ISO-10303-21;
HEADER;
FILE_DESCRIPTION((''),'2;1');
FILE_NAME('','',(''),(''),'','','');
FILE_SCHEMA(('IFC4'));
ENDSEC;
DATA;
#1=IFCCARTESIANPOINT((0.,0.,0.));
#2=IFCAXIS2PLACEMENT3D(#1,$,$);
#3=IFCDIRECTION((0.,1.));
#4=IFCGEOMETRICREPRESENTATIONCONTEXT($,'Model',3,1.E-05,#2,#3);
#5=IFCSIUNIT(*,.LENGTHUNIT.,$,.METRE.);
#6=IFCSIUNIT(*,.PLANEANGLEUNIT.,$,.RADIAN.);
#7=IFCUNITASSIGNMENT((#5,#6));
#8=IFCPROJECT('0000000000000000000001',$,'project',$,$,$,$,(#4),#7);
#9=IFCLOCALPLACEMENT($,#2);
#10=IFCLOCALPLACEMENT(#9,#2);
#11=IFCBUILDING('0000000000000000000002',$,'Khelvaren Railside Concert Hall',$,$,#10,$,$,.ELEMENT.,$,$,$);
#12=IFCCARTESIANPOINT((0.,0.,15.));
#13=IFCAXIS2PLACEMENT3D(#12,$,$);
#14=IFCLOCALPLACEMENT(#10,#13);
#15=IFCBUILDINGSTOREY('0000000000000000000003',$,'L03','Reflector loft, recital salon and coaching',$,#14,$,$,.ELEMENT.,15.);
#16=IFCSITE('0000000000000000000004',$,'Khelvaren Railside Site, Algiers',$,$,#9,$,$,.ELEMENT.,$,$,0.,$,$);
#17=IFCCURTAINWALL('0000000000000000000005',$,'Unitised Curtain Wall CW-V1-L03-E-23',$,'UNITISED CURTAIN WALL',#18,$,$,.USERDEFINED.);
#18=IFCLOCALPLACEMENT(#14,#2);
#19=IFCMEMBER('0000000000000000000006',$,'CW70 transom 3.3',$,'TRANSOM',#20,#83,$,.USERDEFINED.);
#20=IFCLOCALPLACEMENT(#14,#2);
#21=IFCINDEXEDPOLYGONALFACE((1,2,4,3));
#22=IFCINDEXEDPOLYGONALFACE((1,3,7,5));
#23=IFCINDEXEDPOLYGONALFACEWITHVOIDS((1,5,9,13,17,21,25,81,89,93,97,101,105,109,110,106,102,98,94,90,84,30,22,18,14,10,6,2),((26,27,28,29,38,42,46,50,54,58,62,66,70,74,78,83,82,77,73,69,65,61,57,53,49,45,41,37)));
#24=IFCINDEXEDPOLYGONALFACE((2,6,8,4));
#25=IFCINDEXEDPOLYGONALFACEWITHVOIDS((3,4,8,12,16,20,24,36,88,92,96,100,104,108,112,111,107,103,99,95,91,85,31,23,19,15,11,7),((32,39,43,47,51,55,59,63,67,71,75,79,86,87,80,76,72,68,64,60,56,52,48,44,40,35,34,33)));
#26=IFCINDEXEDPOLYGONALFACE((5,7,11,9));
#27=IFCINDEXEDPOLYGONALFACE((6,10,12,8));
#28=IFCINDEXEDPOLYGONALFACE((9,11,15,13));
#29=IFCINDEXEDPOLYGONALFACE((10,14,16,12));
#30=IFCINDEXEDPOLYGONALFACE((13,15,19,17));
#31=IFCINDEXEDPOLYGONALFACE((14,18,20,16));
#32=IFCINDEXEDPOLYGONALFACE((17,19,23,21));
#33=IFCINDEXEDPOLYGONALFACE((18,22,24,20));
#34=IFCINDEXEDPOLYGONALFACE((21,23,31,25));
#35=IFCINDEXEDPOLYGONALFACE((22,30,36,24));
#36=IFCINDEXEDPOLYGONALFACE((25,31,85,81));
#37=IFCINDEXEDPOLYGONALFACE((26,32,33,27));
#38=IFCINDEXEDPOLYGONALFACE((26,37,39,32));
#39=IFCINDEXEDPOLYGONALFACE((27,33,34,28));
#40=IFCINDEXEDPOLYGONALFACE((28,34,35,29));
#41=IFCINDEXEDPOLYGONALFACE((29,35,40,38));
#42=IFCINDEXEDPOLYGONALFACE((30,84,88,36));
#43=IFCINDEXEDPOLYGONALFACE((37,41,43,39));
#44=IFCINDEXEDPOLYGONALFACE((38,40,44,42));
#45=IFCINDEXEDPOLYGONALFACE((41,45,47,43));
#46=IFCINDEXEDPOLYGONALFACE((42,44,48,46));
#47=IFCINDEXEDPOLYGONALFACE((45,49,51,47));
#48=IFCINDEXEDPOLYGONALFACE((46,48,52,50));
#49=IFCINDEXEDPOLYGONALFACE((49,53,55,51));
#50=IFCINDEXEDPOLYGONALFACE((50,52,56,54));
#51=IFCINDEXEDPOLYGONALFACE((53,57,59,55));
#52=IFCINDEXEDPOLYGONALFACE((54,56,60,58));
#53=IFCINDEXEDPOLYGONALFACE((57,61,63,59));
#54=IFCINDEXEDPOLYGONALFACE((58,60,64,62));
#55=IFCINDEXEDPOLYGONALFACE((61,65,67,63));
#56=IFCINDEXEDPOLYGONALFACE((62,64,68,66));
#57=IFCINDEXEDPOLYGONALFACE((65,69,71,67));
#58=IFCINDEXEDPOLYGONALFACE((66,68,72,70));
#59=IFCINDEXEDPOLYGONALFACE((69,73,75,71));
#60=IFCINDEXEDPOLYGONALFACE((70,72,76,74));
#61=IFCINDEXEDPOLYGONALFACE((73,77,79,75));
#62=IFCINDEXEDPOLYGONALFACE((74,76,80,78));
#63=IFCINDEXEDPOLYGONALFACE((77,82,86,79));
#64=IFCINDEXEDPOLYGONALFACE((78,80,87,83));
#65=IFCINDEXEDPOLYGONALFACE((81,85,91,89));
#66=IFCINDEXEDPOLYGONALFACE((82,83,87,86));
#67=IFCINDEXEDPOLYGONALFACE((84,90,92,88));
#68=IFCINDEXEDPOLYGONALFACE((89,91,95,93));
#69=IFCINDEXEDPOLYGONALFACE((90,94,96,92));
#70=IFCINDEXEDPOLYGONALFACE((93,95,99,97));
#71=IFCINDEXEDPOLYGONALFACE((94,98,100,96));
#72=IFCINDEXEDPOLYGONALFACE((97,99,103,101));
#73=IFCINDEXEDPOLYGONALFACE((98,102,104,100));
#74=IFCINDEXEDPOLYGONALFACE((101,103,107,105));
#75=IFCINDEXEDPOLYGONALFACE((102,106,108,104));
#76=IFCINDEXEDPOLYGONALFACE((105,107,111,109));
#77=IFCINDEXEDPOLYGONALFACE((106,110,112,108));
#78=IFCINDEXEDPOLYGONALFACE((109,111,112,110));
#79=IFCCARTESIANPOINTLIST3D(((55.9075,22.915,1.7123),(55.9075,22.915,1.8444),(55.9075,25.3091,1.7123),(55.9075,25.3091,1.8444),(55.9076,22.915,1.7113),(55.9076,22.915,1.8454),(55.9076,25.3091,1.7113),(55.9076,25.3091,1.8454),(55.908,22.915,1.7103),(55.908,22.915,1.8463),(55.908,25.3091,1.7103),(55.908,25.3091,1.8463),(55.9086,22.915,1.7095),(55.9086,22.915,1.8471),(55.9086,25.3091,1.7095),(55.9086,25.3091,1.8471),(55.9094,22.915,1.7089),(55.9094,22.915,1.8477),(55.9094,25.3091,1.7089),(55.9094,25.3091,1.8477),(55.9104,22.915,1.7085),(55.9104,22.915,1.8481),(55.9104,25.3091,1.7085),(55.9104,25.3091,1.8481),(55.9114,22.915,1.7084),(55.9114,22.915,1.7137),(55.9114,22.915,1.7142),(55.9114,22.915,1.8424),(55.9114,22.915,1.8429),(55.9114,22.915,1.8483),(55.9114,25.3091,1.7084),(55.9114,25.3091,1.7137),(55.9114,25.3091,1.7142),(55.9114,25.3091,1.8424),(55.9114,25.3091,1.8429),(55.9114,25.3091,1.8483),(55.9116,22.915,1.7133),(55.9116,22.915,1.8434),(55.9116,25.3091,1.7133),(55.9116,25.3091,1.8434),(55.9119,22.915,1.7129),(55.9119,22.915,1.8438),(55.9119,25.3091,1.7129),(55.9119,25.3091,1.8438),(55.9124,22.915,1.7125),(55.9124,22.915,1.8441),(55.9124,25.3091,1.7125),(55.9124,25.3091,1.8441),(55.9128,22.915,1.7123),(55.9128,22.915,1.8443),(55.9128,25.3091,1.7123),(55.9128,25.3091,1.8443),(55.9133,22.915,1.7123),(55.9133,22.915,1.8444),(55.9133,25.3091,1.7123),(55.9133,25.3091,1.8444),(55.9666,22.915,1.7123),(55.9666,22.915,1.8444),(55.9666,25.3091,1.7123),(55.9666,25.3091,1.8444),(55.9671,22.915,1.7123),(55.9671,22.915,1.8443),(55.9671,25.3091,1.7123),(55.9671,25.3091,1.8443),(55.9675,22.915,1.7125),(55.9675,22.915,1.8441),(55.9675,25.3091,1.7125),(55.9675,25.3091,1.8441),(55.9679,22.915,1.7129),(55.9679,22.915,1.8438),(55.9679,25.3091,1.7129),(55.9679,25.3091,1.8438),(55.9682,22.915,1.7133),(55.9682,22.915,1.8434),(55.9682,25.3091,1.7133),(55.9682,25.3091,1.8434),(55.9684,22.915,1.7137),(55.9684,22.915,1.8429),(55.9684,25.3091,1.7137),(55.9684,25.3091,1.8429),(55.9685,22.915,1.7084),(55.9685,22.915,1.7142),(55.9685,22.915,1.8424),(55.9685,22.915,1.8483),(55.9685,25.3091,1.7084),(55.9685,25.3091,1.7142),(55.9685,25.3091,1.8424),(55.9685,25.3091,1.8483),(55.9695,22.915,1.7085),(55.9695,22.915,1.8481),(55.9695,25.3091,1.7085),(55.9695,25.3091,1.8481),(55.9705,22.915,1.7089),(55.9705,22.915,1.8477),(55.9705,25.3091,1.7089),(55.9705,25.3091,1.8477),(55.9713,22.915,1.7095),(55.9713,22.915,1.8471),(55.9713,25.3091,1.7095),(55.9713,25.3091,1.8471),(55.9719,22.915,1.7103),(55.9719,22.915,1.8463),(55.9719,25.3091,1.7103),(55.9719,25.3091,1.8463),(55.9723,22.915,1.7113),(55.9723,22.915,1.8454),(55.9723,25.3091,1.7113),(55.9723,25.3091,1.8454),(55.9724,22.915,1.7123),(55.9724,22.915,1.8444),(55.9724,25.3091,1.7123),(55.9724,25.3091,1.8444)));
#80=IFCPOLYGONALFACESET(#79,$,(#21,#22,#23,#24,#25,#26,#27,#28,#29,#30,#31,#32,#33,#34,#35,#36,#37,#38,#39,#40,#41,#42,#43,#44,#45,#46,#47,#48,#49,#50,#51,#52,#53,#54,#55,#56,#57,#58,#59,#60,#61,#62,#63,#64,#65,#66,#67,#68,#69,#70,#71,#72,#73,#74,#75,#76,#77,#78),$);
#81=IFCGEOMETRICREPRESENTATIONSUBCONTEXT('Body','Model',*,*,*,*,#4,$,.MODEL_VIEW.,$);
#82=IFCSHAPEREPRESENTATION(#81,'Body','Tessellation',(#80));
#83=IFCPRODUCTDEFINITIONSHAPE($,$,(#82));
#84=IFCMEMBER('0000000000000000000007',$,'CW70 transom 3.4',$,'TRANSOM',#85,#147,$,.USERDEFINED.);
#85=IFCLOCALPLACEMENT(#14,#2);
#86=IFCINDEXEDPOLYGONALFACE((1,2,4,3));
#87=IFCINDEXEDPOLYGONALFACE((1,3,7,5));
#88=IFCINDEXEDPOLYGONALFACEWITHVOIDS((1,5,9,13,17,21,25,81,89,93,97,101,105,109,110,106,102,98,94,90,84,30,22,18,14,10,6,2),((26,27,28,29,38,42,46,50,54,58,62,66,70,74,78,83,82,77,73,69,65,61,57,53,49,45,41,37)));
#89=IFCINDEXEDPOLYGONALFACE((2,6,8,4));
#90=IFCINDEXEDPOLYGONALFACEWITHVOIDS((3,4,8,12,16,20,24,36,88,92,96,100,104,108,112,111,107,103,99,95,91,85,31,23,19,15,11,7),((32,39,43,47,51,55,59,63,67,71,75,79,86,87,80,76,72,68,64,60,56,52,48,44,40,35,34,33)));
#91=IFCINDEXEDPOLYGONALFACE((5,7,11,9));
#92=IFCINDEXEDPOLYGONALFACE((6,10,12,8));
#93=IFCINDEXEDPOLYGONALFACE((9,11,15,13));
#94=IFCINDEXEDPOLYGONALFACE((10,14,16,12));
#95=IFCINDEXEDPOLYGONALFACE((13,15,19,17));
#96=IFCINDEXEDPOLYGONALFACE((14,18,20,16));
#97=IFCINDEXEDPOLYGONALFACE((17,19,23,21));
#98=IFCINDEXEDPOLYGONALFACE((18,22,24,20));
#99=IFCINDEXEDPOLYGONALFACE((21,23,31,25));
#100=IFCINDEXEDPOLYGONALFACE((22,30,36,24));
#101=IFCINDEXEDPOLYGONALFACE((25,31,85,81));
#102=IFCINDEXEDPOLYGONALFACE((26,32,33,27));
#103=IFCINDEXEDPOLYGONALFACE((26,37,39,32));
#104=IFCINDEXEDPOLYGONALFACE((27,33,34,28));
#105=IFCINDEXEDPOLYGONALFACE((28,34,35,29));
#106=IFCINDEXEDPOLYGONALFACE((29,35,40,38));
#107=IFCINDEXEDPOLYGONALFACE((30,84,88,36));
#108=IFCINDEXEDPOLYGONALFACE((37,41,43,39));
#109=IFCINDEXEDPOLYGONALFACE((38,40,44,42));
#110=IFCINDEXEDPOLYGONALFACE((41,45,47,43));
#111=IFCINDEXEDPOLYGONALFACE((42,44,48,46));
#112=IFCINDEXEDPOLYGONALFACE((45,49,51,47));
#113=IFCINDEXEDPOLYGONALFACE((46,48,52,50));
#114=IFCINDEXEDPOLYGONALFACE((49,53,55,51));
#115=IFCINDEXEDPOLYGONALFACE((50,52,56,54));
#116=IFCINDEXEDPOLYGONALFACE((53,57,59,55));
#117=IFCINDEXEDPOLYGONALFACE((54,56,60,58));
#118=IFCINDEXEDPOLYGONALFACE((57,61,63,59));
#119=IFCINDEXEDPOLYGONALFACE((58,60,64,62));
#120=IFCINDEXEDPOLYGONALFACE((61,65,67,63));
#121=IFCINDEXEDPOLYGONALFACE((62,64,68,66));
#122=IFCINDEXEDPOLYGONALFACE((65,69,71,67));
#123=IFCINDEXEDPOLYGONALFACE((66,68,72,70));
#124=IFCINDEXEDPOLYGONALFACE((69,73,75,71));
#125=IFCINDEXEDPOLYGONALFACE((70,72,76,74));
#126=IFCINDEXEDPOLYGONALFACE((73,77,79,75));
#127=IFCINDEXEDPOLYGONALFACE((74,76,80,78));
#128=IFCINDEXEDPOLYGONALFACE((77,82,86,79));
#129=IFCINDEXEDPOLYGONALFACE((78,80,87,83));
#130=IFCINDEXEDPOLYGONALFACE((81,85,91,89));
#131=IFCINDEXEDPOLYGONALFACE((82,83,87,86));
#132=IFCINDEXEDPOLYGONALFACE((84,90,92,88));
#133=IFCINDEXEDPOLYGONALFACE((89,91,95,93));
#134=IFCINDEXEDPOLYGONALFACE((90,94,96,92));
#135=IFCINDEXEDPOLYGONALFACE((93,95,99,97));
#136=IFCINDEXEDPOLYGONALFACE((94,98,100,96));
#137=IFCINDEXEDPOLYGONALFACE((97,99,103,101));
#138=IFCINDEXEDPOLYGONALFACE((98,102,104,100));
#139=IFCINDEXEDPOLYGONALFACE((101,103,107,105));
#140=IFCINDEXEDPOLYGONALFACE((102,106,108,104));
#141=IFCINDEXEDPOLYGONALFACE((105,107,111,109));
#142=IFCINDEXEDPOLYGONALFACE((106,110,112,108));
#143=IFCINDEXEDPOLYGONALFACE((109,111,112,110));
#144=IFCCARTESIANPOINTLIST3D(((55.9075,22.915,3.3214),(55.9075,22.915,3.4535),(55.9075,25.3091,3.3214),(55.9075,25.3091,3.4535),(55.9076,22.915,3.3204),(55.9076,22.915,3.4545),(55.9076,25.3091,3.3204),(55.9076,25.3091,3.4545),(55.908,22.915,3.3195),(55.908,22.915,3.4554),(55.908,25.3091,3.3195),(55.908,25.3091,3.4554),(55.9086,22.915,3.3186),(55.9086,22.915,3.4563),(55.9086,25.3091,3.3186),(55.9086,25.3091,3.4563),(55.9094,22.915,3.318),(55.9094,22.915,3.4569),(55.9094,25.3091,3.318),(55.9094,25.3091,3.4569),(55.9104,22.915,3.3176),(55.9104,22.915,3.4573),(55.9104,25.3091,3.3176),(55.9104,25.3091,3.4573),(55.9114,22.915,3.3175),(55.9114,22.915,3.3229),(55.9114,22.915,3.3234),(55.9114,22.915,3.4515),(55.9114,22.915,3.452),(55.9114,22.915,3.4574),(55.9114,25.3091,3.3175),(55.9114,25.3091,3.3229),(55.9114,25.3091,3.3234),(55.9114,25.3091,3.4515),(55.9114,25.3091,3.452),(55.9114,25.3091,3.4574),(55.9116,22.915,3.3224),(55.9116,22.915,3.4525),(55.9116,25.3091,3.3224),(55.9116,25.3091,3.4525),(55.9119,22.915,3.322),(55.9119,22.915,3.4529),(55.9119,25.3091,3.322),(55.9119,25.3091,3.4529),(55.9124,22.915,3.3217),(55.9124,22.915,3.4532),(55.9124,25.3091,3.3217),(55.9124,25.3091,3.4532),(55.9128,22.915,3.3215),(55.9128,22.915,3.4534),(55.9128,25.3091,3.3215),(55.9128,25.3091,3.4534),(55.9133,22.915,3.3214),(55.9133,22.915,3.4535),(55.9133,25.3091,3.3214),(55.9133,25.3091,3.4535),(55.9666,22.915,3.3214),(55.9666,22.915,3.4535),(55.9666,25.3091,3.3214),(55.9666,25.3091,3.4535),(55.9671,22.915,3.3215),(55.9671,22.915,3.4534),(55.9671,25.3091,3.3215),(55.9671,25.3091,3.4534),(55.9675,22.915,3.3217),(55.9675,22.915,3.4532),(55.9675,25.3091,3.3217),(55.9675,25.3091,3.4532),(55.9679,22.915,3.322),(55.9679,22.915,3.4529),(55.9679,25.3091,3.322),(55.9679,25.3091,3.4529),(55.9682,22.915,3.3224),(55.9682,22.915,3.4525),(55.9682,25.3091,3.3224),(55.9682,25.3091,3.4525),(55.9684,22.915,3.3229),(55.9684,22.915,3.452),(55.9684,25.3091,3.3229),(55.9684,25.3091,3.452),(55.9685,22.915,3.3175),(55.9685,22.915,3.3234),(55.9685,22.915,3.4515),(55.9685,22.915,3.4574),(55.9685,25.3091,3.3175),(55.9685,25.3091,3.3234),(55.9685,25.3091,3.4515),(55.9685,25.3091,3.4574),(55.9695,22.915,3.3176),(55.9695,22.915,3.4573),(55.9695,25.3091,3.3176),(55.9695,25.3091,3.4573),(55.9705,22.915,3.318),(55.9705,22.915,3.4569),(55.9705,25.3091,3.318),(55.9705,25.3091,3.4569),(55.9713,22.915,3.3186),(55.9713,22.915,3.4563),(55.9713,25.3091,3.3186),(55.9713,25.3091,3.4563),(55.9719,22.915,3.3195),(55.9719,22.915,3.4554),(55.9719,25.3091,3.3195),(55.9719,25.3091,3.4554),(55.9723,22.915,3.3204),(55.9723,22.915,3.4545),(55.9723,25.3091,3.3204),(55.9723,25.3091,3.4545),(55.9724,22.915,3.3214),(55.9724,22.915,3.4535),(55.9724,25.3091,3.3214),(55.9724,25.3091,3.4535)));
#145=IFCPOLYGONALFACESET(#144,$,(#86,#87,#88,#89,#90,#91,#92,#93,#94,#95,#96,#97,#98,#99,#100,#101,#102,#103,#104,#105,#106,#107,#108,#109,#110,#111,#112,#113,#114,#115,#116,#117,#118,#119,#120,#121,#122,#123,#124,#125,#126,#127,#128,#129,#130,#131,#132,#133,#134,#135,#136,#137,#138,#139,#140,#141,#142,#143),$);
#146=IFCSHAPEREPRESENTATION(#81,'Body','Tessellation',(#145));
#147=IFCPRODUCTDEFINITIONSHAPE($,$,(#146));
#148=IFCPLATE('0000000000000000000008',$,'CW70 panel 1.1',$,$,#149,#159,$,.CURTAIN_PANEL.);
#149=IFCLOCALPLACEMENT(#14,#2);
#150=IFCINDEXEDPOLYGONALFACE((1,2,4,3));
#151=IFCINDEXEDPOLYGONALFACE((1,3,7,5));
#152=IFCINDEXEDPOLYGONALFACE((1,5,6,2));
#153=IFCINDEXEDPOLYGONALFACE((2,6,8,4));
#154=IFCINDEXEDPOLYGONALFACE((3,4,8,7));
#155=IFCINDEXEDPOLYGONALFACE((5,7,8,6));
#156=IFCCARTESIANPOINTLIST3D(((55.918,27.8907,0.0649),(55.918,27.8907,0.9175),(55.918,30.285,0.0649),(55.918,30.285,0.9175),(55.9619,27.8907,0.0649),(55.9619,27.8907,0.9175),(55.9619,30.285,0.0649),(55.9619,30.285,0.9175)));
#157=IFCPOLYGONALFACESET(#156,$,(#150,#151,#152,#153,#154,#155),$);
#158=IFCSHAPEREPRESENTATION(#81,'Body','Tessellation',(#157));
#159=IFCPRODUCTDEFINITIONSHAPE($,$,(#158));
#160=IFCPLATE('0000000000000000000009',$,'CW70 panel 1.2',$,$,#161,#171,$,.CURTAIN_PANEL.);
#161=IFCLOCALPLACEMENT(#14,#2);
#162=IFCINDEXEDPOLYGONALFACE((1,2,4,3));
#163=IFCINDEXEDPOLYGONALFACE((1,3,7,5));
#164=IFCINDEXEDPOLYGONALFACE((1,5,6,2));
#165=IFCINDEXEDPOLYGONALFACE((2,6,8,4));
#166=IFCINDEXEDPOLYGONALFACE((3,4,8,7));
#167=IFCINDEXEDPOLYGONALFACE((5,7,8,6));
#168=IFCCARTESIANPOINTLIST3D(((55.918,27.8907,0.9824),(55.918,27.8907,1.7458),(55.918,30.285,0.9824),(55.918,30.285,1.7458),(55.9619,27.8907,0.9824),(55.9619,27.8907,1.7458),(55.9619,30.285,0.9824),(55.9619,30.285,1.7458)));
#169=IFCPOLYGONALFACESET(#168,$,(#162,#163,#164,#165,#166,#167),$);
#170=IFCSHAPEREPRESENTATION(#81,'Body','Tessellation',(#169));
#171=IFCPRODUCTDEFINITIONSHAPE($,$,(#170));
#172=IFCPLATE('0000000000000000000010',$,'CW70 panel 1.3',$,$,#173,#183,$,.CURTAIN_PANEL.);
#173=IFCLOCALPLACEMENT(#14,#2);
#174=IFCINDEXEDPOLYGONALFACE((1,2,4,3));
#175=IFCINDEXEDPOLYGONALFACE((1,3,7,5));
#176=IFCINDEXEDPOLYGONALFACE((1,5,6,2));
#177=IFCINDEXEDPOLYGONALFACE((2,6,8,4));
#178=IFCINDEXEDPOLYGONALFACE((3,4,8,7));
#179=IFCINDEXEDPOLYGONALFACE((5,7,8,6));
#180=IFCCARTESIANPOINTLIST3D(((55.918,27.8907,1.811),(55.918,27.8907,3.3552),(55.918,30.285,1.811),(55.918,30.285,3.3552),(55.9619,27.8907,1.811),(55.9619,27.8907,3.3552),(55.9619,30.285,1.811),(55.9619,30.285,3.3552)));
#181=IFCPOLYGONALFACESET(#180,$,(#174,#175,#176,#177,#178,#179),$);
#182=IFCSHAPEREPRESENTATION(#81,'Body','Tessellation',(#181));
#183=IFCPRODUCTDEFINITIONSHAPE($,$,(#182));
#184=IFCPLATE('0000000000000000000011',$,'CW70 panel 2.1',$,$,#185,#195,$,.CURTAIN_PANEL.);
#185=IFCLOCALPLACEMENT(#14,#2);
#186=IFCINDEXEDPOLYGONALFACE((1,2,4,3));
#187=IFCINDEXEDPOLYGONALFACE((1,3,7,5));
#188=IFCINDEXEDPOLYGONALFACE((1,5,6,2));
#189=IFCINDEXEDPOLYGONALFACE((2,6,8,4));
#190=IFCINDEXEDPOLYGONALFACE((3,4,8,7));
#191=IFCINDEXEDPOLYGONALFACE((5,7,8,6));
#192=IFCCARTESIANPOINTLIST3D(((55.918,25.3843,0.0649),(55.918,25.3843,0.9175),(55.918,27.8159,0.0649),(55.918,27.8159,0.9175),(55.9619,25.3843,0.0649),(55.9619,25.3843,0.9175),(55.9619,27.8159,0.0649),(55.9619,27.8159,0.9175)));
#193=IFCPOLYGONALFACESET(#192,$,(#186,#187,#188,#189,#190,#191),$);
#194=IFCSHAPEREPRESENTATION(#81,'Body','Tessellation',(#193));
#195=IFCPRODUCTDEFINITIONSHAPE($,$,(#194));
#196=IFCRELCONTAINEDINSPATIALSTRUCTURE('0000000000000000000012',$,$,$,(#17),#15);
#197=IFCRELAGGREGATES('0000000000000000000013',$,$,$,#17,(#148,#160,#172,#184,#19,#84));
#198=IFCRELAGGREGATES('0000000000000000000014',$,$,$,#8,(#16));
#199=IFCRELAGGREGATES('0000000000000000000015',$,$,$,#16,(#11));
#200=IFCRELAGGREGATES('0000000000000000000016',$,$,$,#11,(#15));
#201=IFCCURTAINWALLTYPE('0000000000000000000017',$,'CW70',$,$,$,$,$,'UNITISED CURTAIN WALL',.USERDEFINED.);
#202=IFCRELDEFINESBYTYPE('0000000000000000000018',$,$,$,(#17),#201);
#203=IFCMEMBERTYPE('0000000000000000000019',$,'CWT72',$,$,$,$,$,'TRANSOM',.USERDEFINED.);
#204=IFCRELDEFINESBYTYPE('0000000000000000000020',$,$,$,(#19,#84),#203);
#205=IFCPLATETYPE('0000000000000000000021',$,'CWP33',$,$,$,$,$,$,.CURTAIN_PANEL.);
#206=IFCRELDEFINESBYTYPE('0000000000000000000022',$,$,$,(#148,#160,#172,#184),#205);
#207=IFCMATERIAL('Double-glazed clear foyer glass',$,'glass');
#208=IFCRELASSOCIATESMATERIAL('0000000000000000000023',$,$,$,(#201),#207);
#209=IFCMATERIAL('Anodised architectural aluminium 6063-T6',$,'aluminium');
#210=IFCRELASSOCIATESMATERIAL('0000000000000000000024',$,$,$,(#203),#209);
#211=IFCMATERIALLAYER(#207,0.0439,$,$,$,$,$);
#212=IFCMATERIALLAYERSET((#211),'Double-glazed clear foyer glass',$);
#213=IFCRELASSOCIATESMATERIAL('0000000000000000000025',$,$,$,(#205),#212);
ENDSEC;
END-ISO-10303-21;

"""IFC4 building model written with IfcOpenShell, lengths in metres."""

from ifc_helpers import new_model, si_unit, direction, frame, origin, origin_2d, place, context, subcontext, project, spatial, rectangle, hollow_rectangle, extrude, material, layer, layer_set, material_profile, profile_set, type_object, element, aggregate, save


model = new_model("IFC4")

# Units and contexts
model_context = context("Model", 3, precision=1e-05, world=origin(), true_north=direction((0.0, 1.0)))
body_context = subcontext(model_context, "Body", "Model", "MODEL_VIEW")
ifc_project = project(units=[si_unit("LENGTHUNIT", "METRE"), si_unit("PLANEANGLEUNIT", "RADIAN")], contexts=[model_context])

# Site, building, storey
site_placement = place(None, origin())
site = spatial("IfcSite", under=ifc_project, at=site_placement, Name="Khelvaren Railside Site, Algiers", CompositionType="ELEMENT", RefElevation=0.0)
building_placement = place(site_placement, origin())
building = spatial("IfcBuilding", under=site, at=building_placement, Name="Khelvaren Railside Concert Hall", CompositionType="ELEMENT")
storey_placement = place(building_placement, frame((0.0, 0.0, 15.0)))
storey = spatial("IfcBuildingStorey", under=building, at=storey_placement, Name="L03", Description="Reflector loft, recital salon and coaching", CompositionType="ELEMENT", Elevation=15.0)

# Curtain wall
ifc_material_1 = material(Name="Double-glazed clear foyer glass", Category="glass")
curtain_wall_type_1 = type_object("IfcCurtainWallType", Name="CW70", ElementType="UNITISED CURTAIN WALL", PredefinedType="USERDEFINED", material=ifc_material_1)
curtain_wall_1_placement = place(storey_placement, origin())
curtain_wall_1 = element("IfcCurtainWall", 1, at=curtain_wall_1_placement, inside=storey, type_object=curtain_wall_type_1, Name="Unitised Curtain Wall CW-V1-L03-E-23", ObjectType="UNITISED CURTAIN WALL", PredefinedType="USERDEFINED")
ifc_material_2 = material(Name="Anodised architectural aluminium 6063-T6", Category="aluminium")

# Members
ifc_material_profile_1 = material_profile(ifc_material_2, hollow_rectangle(XDim=0.0649, YDim=0.1399, WallThickness=0.0039, InnerFilletRadius=0.002, OuterFilletRadius=0.0039, at=origin_2d()), Name="CWT 65x140x4")
ifc_profile_set_1 = profile_set([ifc_material_profile_1], Name="Anodised architectural aluminium 6063-T6")
member_type_1 = type_object("IfcMemberType", Name="CWT72", ElementType="TRANSOM", PredefinedType="USERDEFINED", material=ifc_profile_set_1)
member_1_placement = place(storey_placement, frame((55.9399, 25.3091, 1.7783), z_axis=(0.0, -1.0, 0.0), x_axis=(1.0, 0.0, 0.0)))
member_1 = element("IfcMember", 2, at=member_1_placement, type_object=member_type_1, Name="CW70 transom 3.3", ObjectType="TRANSOM", PredefinedType="USERDEFINED", context=body_context, shape_type="SweptSolid", body=[
    extrude(hollow_rectangle(XDim=0.0649, YDim=0.1399, WallThickness=0.0039, InnerFilletRadius=0.002, OuterFilletRadius=0.0039, at=origin_2d()), origin(), (0.0, 0.0, 1.0), 2.394),
])
member_2_placement = place(storey_placement, frame((55.9399, 25.3091, 3.3875), z_axis=(0.0, -1.0, 0.0), x_axis=(1.0, 0.0, 0.0)))
member_2 = element("IfcMember", 3, at=member_2_placement, type_object=member_type_1, Name="CW70 transom 3.4", ObjectType="TRANSOM", PredefinedType="USERDEFINED", context=body_context, shape_type="SweptSolid", body=[
    extrude(hollow_rectangle(XDim=0.0649, YDim=0.1399, WallThickness=0.0039, InnerFilletRadius=0.002, OuterFilletRadius=0.0039, at=origin_2d()), origin(), (0.0, 0.0, 1.0), 2.394),
])

# Plates
ifc_layer_1 = layer(ifc_material_1, 0.0439)
ifc_layer_set_1 = layer_set([ifc_layer_1], Name="Double-glazed clear foyer glass")
plate_type_1 = type_object("IfcPlateType", Name="CWP33", PredefinedType="CURTAIN_PANEL", material=ifc_layer_set_1)
plate_1_placement = place(storey_placement, frame((55.9399, 29.0879, 0.0649), z_axis=(0.0, 0.0, 1.0), x_axis=(0.0, -1.0, 0.0)))
plate_1 = element("IfcPlate", 4, at=plate_1_placement, type_object=plate_type_1, Name="CW70 panel 1.1", PredefinedType="CURTAIN_PANEL", context=body_context, shape_type="SweptSolid", body=[
    extrude(rectangle(XDim=2.3943, YDim=0.0439, at=origin_2d()), origin(), (0.0, 0.0, 1.0), 0.8525),
])
plate_2_placement = place(storey_placement, frame((55.9399, 29.0879, 0.9824), z_axis=(0.0, 0.0, 1.0), x_axis=(0.0, -1.0, 0.0)))
plate_2 = element("IfcPlate", 5, at=plate_2_placement, type_object=plate_type_1, Name="CW70 panel 1.2", PredefinedType="CURTAIN_PANEL", context=body_context, shape_type="SweptSolid", body=[
    extrude(rectangle(XDim=2.3943, YDim=0.0439, at=origin_2d()), origin(), (0.0, 0.0, 1.0), 0.7634),
])
plate_3_placement = place(storey_placement, frame((55.9399, 29.0879, 1.811), z_axis=(0.0, 0.0, 1.0), x_axis=(0.0, -1.0, 0.0)))
plate_3 = element("IfcPlate", 6, at=plate_3_placement, type_object=plate_type_1, Name="CW70 panel 1.3", PredefinedType="CURTAIN_PANEL", context=body_context, shape_type="SweptSolid", body=[
    extrude(rectangle(XDim=2.3943, YDim=0.0439, at=origin_2d()), origin(), (0.0, 0.0, 1.0), 1.5442),
])
plate_4_placement = place(storey_placement, frame((55.9399, 26.6001, 0.0649), z_axis=(0.0, 0.0, 1.0), x_axis=(0.0, -1.0, 0.0)))
plate_4 = element("IfcPlate", 7, at=plate_4_placement, type_object=plate_type_1, Name="CW70 panel 2.1", PredefinedType="CURTAIN_PANEL", context=body_context, shape_type="SweptSolid", body=[
    extrude(rectangle(XDim=2.4316, YDim=0.0439, at=origin_2d()), origin(), (0.0, 0.0, 1.0), 0.8525),
])
aggregate(curtain_wall_1, [plate_1, plate_2, plate_3, plate_4, member_1, member_2])

save(model, "model.ifc")
